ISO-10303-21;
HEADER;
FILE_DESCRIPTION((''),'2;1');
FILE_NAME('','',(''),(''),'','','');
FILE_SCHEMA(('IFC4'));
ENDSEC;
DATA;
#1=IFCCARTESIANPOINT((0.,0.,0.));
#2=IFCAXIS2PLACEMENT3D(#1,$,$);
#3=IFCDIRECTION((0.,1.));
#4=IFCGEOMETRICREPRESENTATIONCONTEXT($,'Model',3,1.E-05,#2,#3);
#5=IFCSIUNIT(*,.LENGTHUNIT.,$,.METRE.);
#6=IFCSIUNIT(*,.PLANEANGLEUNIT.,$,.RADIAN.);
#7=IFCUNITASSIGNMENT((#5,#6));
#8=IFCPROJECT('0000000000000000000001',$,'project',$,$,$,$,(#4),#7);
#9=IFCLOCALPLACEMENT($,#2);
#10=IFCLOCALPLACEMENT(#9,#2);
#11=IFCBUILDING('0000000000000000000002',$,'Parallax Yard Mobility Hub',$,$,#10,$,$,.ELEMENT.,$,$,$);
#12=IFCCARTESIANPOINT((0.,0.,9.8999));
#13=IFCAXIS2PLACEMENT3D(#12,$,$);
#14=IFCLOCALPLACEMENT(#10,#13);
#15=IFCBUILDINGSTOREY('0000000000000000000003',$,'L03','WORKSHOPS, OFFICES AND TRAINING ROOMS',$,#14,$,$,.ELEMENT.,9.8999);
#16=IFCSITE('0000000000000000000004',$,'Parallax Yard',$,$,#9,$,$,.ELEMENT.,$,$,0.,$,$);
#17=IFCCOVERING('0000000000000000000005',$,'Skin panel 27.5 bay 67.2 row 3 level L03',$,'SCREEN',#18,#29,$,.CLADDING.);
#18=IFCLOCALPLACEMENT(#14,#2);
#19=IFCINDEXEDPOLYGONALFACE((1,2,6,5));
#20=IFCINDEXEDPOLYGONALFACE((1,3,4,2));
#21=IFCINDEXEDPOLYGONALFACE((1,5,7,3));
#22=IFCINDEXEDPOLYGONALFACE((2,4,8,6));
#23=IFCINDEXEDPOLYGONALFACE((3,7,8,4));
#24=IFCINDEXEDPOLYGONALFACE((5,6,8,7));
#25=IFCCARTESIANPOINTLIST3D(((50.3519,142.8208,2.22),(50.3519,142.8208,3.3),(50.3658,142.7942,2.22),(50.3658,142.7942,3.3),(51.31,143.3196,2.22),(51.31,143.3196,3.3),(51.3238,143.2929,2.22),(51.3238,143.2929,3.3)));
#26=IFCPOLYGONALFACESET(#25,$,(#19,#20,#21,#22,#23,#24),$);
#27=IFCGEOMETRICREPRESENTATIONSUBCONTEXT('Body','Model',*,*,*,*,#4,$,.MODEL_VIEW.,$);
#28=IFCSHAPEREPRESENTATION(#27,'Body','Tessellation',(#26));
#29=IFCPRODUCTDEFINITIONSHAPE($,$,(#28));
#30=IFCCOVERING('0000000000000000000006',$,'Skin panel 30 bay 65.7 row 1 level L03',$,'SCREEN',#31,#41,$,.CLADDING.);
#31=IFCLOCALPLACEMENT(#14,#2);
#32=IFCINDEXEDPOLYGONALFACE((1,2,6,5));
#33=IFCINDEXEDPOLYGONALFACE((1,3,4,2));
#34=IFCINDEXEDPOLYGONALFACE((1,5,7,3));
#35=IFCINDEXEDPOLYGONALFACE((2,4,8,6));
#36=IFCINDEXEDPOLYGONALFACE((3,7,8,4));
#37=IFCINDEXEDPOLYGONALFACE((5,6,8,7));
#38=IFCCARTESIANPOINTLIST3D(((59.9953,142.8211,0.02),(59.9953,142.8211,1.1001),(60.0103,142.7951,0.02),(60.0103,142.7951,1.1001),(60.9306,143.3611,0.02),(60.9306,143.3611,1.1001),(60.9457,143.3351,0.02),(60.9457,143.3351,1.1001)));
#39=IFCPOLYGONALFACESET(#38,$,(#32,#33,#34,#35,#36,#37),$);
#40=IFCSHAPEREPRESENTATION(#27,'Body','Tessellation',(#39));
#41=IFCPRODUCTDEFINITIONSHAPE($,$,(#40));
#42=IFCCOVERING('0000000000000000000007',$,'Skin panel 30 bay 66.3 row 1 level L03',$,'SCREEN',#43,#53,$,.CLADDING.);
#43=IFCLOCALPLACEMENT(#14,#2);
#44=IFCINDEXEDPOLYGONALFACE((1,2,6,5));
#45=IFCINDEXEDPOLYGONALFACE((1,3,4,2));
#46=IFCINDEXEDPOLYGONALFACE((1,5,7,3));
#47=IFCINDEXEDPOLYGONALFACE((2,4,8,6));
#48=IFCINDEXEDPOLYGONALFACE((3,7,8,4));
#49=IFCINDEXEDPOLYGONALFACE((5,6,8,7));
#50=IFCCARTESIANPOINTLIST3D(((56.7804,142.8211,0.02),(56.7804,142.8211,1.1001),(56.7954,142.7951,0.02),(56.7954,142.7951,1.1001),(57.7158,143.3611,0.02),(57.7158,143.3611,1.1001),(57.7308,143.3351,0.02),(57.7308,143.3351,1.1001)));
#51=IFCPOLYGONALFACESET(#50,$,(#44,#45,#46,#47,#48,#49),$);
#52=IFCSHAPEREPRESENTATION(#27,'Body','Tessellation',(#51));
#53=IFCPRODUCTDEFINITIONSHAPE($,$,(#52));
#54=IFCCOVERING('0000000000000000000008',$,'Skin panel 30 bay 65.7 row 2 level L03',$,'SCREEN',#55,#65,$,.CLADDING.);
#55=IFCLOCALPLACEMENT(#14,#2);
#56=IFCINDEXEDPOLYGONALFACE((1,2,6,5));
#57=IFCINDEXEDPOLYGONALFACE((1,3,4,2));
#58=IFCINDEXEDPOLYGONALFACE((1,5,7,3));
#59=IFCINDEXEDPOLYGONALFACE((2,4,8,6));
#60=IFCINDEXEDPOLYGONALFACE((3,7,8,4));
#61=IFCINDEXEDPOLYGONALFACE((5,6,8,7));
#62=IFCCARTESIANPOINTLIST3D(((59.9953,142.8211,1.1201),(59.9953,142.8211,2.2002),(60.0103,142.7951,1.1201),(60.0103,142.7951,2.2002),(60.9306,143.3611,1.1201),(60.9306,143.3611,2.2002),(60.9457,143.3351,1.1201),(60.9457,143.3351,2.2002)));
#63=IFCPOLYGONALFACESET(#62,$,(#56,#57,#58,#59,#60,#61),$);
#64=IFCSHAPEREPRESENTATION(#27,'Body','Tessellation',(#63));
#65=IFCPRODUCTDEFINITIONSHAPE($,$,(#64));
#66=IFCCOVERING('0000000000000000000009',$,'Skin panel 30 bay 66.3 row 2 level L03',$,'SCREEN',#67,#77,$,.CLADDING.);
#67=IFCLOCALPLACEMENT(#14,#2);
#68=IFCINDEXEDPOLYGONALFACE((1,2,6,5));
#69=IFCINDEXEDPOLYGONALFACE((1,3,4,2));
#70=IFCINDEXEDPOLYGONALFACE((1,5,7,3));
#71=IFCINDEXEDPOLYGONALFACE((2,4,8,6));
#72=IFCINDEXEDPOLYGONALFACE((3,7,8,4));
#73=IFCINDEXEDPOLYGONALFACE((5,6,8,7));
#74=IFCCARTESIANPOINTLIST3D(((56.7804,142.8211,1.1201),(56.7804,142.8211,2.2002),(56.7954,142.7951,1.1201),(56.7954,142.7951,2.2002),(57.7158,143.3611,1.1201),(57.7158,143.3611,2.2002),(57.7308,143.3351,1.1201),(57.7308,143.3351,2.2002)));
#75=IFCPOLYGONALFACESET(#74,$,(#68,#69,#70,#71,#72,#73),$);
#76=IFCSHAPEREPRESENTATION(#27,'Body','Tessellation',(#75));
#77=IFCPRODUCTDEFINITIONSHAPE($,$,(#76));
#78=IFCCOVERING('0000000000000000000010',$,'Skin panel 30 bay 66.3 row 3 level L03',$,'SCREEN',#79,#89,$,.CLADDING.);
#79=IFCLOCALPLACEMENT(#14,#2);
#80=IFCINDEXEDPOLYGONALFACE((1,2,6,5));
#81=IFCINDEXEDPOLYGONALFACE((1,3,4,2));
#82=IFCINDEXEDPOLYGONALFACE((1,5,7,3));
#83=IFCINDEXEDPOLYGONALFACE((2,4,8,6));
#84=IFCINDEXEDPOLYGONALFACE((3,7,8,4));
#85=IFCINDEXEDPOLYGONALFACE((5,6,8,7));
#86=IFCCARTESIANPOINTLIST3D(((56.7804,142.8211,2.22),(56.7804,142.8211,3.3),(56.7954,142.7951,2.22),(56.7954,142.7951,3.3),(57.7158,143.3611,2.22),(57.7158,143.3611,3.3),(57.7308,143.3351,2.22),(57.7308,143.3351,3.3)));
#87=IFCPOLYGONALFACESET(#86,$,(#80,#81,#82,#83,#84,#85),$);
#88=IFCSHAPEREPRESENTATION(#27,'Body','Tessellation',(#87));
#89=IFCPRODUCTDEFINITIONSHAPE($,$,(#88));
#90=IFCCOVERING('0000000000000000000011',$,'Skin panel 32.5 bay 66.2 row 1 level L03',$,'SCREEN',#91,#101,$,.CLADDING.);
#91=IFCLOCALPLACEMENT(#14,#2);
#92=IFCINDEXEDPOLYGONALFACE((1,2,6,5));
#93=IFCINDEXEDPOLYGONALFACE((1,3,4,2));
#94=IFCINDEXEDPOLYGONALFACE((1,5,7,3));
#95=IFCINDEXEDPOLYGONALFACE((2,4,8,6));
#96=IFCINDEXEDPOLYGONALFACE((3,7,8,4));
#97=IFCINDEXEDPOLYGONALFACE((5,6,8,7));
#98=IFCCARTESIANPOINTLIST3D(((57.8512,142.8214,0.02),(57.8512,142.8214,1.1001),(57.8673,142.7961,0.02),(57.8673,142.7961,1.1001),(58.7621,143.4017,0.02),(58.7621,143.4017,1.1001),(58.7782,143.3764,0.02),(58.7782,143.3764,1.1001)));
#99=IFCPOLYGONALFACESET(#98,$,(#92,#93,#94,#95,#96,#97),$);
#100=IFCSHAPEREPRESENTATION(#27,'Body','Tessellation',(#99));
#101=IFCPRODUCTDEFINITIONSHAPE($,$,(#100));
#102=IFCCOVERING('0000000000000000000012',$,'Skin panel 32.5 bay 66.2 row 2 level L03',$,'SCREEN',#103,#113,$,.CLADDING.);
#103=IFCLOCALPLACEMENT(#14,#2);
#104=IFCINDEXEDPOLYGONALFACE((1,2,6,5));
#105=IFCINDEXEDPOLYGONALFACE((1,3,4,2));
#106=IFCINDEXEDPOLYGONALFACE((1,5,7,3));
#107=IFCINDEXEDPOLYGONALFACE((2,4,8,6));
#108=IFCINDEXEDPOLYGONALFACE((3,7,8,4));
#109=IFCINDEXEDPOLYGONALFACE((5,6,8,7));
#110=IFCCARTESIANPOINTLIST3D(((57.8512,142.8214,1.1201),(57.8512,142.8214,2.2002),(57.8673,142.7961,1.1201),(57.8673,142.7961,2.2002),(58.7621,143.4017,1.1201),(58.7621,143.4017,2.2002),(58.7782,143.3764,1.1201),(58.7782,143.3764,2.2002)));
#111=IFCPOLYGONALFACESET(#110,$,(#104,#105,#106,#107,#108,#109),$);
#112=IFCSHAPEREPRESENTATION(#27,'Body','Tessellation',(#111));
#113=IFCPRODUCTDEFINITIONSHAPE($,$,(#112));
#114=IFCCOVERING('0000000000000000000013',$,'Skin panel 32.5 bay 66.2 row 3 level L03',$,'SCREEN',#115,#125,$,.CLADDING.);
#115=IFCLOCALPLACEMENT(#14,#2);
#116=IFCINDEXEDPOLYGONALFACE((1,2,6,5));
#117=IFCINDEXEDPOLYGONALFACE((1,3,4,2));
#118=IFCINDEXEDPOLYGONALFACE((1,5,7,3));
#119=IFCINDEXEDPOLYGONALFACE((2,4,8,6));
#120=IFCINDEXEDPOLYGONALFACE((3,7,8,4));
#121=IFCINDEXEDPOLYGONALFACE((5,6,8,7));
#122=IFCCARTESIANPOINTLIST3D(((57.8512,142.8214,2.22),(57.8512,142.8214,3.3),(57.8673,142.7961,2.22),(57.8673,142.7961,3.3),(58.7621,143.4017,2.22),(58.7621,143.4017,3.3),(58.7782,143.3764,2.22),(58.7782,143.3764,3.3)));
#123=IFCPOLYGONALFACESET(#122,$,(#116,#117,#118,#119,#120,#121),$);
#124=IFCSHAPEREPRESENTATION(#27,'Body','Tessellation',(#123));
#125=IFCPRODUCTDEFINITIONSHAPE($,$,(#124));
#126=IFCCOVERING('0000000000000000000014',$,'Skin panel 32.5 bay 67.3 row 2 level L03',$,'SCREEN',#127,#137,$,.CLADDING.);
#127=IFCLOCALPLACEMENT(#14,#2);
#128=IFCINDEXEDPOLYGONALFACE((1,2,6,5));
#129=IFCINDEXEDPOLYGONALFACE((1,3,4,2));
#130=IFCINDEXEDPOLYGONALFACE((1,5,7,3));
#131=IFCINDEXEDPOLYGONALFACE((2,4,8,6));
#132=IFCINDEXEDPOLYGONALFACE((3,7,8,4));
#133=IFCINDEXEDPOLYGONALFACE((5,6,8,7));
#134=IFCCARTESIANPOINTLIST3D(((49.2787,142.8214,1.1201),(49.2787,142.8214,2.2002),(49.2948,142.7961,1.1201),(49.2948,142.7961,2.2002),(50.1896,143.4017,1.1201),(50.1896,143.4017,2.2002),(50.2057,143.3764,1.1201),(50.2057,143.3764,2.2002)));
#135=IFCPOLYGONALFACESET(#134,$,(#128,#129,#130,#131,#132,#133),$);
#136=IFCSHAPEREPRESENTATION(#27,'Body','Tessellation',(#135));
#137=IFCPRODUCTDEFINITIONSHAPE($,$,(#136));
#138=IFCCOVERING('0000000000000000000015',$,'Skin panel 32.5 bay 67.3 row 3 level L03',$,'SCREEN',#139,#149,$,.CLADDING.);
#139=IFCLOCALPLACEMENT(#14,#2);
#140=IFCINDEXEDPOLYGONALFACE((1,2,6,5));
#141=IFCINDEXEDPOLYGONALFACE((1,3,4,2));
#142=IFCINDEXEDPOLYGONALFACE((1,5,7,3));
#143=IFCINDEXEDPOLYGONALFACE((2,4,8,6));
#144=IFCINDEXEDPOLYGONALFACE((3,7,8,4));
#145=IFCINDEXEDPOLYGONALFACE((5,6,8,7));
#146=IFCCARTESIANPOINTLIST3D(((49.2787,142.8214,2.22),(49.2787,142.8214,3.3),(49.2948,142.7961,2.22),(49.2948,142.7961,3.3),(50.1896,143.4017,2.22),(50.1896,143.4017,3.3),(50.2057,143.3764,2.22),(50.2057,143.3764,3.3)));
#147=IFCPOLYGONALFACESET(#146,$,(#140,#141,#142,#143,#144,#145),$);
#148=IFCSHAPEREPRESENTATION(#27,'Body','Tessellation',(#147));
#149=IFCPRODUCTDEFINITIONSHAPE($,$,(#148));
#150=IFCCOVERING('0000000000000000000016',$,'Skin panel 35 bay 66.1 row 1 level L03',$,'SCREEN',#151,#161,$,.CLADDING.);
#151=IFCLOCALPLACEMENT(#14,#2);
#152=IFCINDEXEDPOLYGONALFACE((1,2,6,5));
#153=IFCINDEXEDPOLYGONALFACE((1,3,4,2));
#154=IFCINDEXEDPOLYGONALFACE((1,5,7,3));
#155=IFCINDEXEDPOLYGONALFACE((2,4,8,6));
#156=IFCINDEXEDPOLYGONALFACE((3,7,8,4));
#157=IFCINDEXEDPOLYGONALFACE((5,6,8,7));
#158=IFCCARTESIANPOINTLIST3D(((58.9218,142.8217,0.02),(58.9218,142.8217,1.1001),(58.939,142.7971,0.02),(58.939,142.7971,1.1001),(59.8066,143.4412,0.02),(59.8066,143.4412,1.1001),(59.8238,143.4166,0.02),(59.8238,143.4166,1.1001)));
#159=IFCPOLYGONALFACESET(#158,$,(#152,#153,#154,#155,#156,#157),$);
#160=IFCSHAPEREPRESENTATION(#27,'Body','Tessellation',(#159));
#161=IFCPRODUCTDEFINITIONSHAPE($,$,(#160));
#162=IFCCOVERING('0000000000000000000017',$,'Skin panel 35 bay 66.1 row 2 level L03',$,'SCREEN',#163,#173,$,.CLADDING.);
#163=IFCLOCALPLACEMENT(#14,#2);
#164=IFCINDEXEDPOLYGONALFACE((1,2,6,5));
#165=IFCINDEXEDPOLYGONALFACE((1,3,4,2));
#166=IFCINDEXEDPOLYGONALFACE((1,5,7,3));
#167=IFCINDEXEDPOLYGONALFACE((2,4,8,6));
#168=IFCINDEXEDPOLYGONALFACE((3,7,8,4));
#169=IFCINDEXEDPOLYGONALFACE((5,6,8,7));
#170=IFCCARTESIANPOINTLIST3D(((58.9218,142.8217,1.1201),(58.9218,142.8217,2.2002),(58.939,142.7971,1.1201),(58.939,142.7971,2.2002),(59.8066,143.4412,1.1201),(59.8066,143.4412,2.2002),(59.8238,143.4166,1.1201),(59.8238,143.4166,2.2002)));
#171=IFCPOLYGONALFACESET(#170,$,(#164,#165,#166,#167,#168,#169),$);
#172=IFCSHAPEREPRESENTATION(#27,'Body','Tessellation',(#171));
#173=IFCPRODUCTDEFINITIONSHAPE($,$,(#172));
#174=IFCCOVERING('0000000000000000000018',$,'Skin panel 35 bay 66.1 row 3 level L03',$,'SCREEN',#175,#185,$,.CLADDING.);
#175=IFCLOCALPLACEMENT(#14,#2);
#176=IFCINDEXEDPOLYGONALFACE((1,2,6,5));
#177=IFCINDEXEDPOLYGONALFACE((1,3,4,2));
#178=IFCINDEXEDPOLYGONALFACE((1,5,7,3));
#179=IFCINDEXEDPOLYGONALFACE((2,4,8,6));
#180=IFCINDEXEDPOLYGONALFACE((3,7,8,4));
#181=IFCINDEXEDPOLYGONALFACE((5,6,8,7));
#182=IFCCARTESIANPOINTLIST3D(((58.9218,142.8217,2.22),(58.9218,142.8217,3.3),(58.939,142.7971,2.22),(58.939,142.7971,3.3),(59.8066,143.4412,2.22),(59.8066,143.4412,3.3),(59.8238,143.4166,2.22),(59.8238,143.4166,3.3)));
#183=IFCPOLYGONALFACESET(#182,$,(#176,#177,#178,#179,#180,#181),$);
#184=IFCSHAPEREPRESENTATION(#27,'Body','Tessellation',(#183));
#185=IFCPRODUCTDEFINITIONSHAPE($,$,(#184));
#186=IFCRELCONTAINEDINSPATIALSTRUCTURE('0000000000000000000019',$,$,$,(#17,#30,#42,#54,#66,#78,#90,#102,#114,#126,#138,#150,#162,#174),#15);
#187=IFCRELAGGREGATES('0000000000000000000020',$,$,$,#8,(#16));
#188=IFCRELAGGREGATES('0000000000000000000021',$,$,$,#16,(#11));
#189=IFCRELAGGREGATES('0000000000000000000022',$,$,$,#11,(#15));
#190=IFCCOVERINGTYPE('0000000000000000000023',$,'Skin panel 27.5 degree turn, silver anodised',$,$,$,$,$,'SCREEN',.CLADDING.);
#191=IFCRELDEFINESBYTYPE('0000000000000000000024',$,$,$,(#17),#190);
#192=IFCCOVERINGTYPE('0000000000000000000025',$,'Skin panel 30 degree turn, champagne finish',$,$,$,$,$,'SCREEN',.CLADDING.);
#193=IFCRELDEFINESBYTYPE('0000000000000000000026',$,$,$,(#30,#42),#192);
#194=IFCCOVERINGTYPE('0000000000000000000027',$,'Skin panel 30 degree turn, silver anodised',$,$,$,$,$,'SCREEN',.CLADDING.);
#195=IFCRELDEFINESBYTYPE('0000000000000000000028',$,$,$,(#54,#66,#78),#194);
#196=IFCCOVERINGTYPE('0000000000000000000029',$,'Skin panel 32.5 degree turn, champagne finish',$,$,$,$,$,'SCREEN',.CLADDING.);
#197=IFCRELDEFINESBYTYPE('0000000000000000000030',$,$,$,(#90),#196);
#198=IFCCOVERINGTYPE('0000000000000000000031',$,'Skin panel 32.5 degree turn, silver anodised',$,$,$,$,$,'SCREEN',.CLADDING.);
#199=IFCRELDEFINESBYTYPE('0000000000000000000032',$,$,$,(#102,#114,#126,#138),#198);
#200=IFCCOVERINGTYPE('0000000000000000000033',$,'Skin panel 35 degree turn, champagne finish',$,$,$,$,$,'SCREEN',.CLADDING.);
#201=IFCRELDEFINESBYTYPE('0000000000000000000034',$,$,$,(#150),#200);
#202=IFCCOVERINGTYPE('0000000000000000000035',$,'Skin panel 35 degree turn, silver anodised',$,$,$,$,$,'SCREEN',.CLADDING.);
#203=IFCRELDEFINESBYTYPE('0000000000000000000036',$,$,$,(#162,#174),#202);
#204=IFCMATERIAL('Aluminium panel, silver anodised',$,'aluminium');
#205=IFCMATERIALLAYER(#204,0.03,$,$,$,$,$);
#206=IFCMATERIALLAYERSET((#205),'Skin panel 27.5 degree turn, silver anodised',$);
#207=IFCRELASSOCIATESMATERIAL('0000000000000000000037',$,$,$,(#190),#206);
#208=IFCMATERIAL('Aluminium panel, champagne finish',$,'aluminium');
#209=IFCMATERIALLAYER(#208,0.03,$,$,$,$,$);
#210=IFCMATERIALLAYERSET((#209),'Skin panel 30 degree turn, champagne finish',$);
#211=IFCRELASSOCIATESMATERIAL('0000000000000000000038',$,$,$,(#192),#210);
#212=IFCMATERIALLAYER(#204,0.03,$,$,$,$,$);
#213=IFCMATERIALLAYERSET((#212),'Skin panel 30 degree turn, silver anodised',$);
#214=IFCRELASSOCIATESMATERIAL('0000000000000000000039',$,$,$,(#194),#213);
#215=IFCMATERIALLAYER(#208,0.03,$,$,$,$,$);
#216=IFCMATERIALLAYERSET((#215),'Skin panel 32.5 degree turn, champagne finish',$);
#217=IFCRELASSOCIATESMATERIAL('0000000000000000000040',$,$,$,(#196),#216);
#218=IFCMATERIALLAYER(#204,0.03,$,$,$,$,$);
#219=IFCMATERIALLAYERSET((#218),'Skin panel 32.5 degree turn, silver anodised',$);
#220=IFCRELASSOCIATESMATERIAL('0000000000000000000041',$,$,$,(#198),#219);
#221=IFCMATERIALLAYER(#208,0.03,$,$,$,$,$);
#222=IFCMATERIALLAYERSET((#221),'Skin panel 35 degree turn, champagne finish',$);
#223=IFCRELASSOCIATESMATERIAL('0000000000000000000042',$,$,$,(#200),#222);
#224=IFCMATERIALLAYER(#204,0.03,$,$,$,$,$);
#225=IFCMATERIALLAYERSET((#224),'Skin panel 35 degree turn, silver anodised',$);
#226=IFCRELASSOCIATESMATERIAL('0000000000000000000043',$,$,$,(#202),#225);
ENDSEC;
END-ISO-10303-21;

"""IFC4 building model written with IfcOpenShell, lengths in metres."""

from ifc_helpers import new_model, si_unit, direction, frame, origin, origin_2d, place, context, subcontext, project, spatial, rectangle, extrude, material, layer, layer_set, type_object, element, save


model = new_model("IFC4")

# Units and contexts
model_context = context("Model", 3, precision=1e-05, world=origin(), true_north=direction((0.0, 1.0)))
body_context = subcontext(model_context, "Body", "Model", "MODEL_VIEW")
ifc_project = project(units=[si_unit("LENGTHUNIT", "METRE"), si_unit("PLANEANGLEUNIT", "RADIAN")], contexts=[model_context])

# Site, building, storey
site_placement = place(None, origin())
site = spatial("IfcSite", under=ifc_project, at=site_placement, Name="Parallax Yard", CompositionType="ELEMENT", RefElevation=0.0)
building_placement = place(site_placement, origin())
building = spatial("IfcBuilding", under=site, at=building_placement, Name="Parallax Yard Mobility Hub", CompositionType="ELEMENT")
storey_placement = place(building_placement, frame((0.0, 0.0, 9.8999)))
storey = spatial("IfcBuildingStorey", under=building, at=storey_placement, Name="L03", Description="WORKSHOPS, OFFICES AND TRAINING ROOMS", CompositionType="ELEMENT", Elevation=9.8999)

# Coverings
ifc_material_1 = material(Name="Aluminium panel, champagne finish", Category="aluminium")
ifc_material_2 = material(Name="Aluminium panel, silver anodised", Category="aluminium")
ifc_layer_1 = layer(ifc_material_2, 0.03)
ifc_layer_set_1 = layer_set([ifc_layer_1], Name="Skin panel 27.5 degree turn, silver anodised")
covering_type_1 = type_object("IfcCoveringType", Name="Skin panel 27.5 degree turn, silver anodised", ElementType="SCREEN", PredefinedType="CLADDING", material=ifc_layer_set_1)
for number, where, z_axis, x_axis, name in (
    (1, (50.8379, 143.0569, 2.22), (0.0, 0.0, 1.0), (0.887011, 0.461749, 0.0), "Skin panel 27.5 bay 67.2 row 3 level L03"),
):
    element("IfcCovering", number, at=place(storey_placement, frame(where, z_axis=z_axis, x_axis=x_axis)), inside=storey, type_object=covering_type_1, Name=name, ObjectType="SCREEN", PredefinedType="CLADDING", context=body_context, shape_type="SweptSolid", body=[
        extrude(rectangle(XDim=1.0801, YDim=0.03, at=origin_2d()), origin(), (0.0, 0.0, 1.0), 1.0801),
    ])
ifc_layer_2 = layer(ifc_material_1, 0.03)
ifc_layer_set_2 = layer_set([ifc_layer_2], Name="Skin panel 30 degree turn, champagne finish")
covering_type_2 = type_object("IfcCoveringType", Name="Skin panel 30 degree turn, champagne finish", ElementType="SCREEN", PredefinedType="CLADDING", material=ifc_layer_set_2)
for number, where, z_axis, x_axis, name in (
    (2, (60.4705, 143.0781, 0.02), (0.0, 0.0, 1.0), (0.866025, 0.5, 0.0), "Skin panel 30 bay 65.7 row 1 level L03"),
    (3, (57.2556, 143.0781, 0.02), (0.0, 0.0, 1.0), (0.866025, 0.5, 0.0), "Skin panel 30 bay 66.3 row 1 level L03"),
):
    element("IfcCovering", number, at=place(storey_placement, frame(where, z_axis=z_axis, x_axis=x_axis)), inside=storey, type_object=covering_type_2, Name=name, ObjectType="SCREEN", PredefinedType="CLADDING", context=body_context, shape_type="SweptSolid", body=[
        extrude(rectangle(XDim=1.0801, YDim=0.03, at=origin_2d()), origin(), (0.0, 0.0, 1.0), 1.0801),
    ])
ifc_layer_3 = layer(ifc_material_2, 0.03)
ifc_layer_set_3 = layer_set([ifc_layer_3], Name="Skin panel 30 degree turn, silver anodised")
covering_type_3 = type_object("IfcCoveringType", Name="Skin panel 30 degree turn, silver anodised", ElementType="SCREEN", PredefinedType="CLADDING", material=ifc_layer_set_3)
for number, where, z_axis, x_axis, name in (
    (4, (60.4705, 143.0781, 1.1201), (0.0, 0.0, 1.0), (0.866025, 0.5, 0.0), "Skin panel 30 bay 65.7 row 2 level L03"),
    (5, (57.2556, 143.0781, 1.1201), (0.0, 0.0, 1.0), (0.866025, 0.5, 0.0), "Skin panel 30 bay 66.3 row 2 level L03"),
    (6, (57.2556, 143.0781, 2.22), (0.0, 0.0, 1.0), (0.866025, 0.5, 0.0), "Skin panel 30 bay 66.3 row 3 level L03"),
):
    element("IfcCovering", number, at=place(storey_placement, frame(where, z_axis=z_axis, x_axis=x_axis)), inside=storey, type_object=covering_type_3, Name=name, ObjectType="SCREEN", PredefinedType="CLADDING", context=body_context, shape_type="SweptSolid", body=[
        extrude(rectangle(XDim=1.0801, YDim=0.03, at=origin_2d()), origin(), (0.0, 0.0, 1.0), 1.0801),
    ])
ifc_layer_4 = layer(ifc_material_1, 0.03)
ifc_layer_set_4 = layer_set([ifc_layer_4], Name="Skin panel 32.5 degree turn, champagne finish")
covering_type_4 = type_object("IfcCoveringType", Name="Skin panel 32.5 degree turn, champagne finish", ElementType="SCREEN", PredefinedType="CLADDING", material=ifc_layer_set_4)
covering_1_placement = place(storey_placement, frame((58.3147, 143.0989, 0.02), z_axis=(0.0, 0.0, 1.0), x_axis=(0.843391, 0.5373, 0.0)))
element("IfcCovering", 7, at=covering_1_placement, inside=storey, type_object=covering_type_4, Name="Skin panel 32.5 bay 66.2 row 1 level L03", ObjectType="SCREEN", PredefinedType="CLADDING", context=body_context, shape_type="SweptSolid", body=[
    extrude(rectangle(XDim=1.0801, YDim=0.03, at=origin_2d()), origin(), (0.0, 0.0, 1.0), 1.0801),
])
ifc_layer_5 = layer(ifc_material_2, 0.03)
ifc_layer_set_5 = layer_set([ifc_layer_5], Name="Skin panel 32.5 degree turn, silver anodised")
covering_type_5 = type_object("IfcCoveringType", Name="Skin panel 32.5 degree turn, silver anodised", ElementType="SCREEN", PredefinedType="CLADDING", material=ifc_layer_set_5)
for number, where, z_axis, x_axis, name in (
    (8, (58.3147, 143.0989, 1.1201), (0.0, 0.0, 1.0), (0.843391, 0.5373, 0.0), "Skin panel 32.5 bay 66.2 row 2 level L03"),
    (9, (58.3147, 143.0989, 2.22), (0.0, 0.0, 1.0), (0.843391, 0.5373, 0.0), "Skin panel 32.5 bay 66.2 row 3 level L03"),
    (10, (49.7422, 143.0989, 1.1201), (0.0, 0.0, 1.0), (0.843391, 0.5373, 0.0), "Skin panel 32.5 bay 67.3 row 2 level L03"),
    (11, (49.7422, 143.0989, 2.22), (0.0, 0.0, 1.0), (0.843391, 0.5373, 0.0), "Skin panel 32.5 bay 67.3 row 3 level L03"),
):
    element("IfcCovering", number, at=place(storey_placement, frame(where, z_axis=z_axis, x_axis=x_axis)), inside=storey, type_object=covering_type_5, Name=name, ObjectType="SCREEN", PredefinedType="CLADDING", context=body_context, shape_type="SweptSolid", body=[
        extrude(rectangle(XDim=1.0801, YDim=0.03, at=origin_2d()), origin(), (0.0, 0.0, 1.0), 1.0801),
    ])
ifc_layer_6 = layer(ifc_material_1, 0.03)
ifc_layer_set_6 = layer_set([ifc_layer_6], Name="Skin panel 35 degree turn, champagne finish")
covering_type_6 = type_object("IfcCoveringType", Name="Skin panel 35 degree turn, champagne finish", ElementType="SCREEN", PredefinedType="CLADDING", material=ifc_layer_set_6)
covering_2_placement = place(storey_placement, frame((59.3728, 143.1191, 0.02), z_axis=(0.0, 0.0, 1.0), x_axis=(0.819152, 0.573576, 0.0)))
element("IfcCovering", 12, at=covering_2_placement, inside=storey, type_object=covering_type_6, Name="Skin panel 35 bay 66.1 row 1 level L03", ObjectType="SCREEN", PredefinedType="CLADDING", context=body_context, shape_type="SweptSolid", body=[
    extrude(rectangle(XDim=1.0801, YDim=0.03, at=origin_2d()), origin(), (0.0, 0.0, 1.0), 1.0801),
])
ifc_layer_7 = layer(ifc_material_2, 0.03)
ifc_layer_set_7 = layer_set([ifc_layer_7], Name="Skin panel 35 degree turn, silver anodised")
covering_type_7 = type_object("IfcCoveringType", Name="Skin panel 35 degree turn, silver anodised", ElementType="SCREEN", PredefinedType="CLADDING", material=ifc_layer_set_7)
for number, where, z_axis, x_axis, name in (
    (13, (59.3728, 143.1191, 1.1201), (0.0, 0.0, 1.0), (0.819152, 0.573576, 0.0), "Skin panel 35 bay 66.1 row 2 level L03"),
    (14, (59.3728, 143.1191, 2.22), (0.0, 0.0, 1.0), (0.819152, 0.573576, 0.0), "Skin panel 35 bay 66.1 row 3 level L03"),
):
    element("IfcCovering", number, at=place(storey_placement, frame(where, z_axis=z_axis, x_axis=x_axis)), inside=storey, type_object=covering_type_7, Name=name, ObjectType="SCREEN", PredefinedType="CLADDING", context=body_context, shape_type="SweptSolid", body=[
        extrude(rectangle(XDim=1.0801, YDim=0.03, at=origin_2d()), origin(), (0.0, 0.0, 1.0), 1.0801),
    ])

save(model, "model.ifc")
